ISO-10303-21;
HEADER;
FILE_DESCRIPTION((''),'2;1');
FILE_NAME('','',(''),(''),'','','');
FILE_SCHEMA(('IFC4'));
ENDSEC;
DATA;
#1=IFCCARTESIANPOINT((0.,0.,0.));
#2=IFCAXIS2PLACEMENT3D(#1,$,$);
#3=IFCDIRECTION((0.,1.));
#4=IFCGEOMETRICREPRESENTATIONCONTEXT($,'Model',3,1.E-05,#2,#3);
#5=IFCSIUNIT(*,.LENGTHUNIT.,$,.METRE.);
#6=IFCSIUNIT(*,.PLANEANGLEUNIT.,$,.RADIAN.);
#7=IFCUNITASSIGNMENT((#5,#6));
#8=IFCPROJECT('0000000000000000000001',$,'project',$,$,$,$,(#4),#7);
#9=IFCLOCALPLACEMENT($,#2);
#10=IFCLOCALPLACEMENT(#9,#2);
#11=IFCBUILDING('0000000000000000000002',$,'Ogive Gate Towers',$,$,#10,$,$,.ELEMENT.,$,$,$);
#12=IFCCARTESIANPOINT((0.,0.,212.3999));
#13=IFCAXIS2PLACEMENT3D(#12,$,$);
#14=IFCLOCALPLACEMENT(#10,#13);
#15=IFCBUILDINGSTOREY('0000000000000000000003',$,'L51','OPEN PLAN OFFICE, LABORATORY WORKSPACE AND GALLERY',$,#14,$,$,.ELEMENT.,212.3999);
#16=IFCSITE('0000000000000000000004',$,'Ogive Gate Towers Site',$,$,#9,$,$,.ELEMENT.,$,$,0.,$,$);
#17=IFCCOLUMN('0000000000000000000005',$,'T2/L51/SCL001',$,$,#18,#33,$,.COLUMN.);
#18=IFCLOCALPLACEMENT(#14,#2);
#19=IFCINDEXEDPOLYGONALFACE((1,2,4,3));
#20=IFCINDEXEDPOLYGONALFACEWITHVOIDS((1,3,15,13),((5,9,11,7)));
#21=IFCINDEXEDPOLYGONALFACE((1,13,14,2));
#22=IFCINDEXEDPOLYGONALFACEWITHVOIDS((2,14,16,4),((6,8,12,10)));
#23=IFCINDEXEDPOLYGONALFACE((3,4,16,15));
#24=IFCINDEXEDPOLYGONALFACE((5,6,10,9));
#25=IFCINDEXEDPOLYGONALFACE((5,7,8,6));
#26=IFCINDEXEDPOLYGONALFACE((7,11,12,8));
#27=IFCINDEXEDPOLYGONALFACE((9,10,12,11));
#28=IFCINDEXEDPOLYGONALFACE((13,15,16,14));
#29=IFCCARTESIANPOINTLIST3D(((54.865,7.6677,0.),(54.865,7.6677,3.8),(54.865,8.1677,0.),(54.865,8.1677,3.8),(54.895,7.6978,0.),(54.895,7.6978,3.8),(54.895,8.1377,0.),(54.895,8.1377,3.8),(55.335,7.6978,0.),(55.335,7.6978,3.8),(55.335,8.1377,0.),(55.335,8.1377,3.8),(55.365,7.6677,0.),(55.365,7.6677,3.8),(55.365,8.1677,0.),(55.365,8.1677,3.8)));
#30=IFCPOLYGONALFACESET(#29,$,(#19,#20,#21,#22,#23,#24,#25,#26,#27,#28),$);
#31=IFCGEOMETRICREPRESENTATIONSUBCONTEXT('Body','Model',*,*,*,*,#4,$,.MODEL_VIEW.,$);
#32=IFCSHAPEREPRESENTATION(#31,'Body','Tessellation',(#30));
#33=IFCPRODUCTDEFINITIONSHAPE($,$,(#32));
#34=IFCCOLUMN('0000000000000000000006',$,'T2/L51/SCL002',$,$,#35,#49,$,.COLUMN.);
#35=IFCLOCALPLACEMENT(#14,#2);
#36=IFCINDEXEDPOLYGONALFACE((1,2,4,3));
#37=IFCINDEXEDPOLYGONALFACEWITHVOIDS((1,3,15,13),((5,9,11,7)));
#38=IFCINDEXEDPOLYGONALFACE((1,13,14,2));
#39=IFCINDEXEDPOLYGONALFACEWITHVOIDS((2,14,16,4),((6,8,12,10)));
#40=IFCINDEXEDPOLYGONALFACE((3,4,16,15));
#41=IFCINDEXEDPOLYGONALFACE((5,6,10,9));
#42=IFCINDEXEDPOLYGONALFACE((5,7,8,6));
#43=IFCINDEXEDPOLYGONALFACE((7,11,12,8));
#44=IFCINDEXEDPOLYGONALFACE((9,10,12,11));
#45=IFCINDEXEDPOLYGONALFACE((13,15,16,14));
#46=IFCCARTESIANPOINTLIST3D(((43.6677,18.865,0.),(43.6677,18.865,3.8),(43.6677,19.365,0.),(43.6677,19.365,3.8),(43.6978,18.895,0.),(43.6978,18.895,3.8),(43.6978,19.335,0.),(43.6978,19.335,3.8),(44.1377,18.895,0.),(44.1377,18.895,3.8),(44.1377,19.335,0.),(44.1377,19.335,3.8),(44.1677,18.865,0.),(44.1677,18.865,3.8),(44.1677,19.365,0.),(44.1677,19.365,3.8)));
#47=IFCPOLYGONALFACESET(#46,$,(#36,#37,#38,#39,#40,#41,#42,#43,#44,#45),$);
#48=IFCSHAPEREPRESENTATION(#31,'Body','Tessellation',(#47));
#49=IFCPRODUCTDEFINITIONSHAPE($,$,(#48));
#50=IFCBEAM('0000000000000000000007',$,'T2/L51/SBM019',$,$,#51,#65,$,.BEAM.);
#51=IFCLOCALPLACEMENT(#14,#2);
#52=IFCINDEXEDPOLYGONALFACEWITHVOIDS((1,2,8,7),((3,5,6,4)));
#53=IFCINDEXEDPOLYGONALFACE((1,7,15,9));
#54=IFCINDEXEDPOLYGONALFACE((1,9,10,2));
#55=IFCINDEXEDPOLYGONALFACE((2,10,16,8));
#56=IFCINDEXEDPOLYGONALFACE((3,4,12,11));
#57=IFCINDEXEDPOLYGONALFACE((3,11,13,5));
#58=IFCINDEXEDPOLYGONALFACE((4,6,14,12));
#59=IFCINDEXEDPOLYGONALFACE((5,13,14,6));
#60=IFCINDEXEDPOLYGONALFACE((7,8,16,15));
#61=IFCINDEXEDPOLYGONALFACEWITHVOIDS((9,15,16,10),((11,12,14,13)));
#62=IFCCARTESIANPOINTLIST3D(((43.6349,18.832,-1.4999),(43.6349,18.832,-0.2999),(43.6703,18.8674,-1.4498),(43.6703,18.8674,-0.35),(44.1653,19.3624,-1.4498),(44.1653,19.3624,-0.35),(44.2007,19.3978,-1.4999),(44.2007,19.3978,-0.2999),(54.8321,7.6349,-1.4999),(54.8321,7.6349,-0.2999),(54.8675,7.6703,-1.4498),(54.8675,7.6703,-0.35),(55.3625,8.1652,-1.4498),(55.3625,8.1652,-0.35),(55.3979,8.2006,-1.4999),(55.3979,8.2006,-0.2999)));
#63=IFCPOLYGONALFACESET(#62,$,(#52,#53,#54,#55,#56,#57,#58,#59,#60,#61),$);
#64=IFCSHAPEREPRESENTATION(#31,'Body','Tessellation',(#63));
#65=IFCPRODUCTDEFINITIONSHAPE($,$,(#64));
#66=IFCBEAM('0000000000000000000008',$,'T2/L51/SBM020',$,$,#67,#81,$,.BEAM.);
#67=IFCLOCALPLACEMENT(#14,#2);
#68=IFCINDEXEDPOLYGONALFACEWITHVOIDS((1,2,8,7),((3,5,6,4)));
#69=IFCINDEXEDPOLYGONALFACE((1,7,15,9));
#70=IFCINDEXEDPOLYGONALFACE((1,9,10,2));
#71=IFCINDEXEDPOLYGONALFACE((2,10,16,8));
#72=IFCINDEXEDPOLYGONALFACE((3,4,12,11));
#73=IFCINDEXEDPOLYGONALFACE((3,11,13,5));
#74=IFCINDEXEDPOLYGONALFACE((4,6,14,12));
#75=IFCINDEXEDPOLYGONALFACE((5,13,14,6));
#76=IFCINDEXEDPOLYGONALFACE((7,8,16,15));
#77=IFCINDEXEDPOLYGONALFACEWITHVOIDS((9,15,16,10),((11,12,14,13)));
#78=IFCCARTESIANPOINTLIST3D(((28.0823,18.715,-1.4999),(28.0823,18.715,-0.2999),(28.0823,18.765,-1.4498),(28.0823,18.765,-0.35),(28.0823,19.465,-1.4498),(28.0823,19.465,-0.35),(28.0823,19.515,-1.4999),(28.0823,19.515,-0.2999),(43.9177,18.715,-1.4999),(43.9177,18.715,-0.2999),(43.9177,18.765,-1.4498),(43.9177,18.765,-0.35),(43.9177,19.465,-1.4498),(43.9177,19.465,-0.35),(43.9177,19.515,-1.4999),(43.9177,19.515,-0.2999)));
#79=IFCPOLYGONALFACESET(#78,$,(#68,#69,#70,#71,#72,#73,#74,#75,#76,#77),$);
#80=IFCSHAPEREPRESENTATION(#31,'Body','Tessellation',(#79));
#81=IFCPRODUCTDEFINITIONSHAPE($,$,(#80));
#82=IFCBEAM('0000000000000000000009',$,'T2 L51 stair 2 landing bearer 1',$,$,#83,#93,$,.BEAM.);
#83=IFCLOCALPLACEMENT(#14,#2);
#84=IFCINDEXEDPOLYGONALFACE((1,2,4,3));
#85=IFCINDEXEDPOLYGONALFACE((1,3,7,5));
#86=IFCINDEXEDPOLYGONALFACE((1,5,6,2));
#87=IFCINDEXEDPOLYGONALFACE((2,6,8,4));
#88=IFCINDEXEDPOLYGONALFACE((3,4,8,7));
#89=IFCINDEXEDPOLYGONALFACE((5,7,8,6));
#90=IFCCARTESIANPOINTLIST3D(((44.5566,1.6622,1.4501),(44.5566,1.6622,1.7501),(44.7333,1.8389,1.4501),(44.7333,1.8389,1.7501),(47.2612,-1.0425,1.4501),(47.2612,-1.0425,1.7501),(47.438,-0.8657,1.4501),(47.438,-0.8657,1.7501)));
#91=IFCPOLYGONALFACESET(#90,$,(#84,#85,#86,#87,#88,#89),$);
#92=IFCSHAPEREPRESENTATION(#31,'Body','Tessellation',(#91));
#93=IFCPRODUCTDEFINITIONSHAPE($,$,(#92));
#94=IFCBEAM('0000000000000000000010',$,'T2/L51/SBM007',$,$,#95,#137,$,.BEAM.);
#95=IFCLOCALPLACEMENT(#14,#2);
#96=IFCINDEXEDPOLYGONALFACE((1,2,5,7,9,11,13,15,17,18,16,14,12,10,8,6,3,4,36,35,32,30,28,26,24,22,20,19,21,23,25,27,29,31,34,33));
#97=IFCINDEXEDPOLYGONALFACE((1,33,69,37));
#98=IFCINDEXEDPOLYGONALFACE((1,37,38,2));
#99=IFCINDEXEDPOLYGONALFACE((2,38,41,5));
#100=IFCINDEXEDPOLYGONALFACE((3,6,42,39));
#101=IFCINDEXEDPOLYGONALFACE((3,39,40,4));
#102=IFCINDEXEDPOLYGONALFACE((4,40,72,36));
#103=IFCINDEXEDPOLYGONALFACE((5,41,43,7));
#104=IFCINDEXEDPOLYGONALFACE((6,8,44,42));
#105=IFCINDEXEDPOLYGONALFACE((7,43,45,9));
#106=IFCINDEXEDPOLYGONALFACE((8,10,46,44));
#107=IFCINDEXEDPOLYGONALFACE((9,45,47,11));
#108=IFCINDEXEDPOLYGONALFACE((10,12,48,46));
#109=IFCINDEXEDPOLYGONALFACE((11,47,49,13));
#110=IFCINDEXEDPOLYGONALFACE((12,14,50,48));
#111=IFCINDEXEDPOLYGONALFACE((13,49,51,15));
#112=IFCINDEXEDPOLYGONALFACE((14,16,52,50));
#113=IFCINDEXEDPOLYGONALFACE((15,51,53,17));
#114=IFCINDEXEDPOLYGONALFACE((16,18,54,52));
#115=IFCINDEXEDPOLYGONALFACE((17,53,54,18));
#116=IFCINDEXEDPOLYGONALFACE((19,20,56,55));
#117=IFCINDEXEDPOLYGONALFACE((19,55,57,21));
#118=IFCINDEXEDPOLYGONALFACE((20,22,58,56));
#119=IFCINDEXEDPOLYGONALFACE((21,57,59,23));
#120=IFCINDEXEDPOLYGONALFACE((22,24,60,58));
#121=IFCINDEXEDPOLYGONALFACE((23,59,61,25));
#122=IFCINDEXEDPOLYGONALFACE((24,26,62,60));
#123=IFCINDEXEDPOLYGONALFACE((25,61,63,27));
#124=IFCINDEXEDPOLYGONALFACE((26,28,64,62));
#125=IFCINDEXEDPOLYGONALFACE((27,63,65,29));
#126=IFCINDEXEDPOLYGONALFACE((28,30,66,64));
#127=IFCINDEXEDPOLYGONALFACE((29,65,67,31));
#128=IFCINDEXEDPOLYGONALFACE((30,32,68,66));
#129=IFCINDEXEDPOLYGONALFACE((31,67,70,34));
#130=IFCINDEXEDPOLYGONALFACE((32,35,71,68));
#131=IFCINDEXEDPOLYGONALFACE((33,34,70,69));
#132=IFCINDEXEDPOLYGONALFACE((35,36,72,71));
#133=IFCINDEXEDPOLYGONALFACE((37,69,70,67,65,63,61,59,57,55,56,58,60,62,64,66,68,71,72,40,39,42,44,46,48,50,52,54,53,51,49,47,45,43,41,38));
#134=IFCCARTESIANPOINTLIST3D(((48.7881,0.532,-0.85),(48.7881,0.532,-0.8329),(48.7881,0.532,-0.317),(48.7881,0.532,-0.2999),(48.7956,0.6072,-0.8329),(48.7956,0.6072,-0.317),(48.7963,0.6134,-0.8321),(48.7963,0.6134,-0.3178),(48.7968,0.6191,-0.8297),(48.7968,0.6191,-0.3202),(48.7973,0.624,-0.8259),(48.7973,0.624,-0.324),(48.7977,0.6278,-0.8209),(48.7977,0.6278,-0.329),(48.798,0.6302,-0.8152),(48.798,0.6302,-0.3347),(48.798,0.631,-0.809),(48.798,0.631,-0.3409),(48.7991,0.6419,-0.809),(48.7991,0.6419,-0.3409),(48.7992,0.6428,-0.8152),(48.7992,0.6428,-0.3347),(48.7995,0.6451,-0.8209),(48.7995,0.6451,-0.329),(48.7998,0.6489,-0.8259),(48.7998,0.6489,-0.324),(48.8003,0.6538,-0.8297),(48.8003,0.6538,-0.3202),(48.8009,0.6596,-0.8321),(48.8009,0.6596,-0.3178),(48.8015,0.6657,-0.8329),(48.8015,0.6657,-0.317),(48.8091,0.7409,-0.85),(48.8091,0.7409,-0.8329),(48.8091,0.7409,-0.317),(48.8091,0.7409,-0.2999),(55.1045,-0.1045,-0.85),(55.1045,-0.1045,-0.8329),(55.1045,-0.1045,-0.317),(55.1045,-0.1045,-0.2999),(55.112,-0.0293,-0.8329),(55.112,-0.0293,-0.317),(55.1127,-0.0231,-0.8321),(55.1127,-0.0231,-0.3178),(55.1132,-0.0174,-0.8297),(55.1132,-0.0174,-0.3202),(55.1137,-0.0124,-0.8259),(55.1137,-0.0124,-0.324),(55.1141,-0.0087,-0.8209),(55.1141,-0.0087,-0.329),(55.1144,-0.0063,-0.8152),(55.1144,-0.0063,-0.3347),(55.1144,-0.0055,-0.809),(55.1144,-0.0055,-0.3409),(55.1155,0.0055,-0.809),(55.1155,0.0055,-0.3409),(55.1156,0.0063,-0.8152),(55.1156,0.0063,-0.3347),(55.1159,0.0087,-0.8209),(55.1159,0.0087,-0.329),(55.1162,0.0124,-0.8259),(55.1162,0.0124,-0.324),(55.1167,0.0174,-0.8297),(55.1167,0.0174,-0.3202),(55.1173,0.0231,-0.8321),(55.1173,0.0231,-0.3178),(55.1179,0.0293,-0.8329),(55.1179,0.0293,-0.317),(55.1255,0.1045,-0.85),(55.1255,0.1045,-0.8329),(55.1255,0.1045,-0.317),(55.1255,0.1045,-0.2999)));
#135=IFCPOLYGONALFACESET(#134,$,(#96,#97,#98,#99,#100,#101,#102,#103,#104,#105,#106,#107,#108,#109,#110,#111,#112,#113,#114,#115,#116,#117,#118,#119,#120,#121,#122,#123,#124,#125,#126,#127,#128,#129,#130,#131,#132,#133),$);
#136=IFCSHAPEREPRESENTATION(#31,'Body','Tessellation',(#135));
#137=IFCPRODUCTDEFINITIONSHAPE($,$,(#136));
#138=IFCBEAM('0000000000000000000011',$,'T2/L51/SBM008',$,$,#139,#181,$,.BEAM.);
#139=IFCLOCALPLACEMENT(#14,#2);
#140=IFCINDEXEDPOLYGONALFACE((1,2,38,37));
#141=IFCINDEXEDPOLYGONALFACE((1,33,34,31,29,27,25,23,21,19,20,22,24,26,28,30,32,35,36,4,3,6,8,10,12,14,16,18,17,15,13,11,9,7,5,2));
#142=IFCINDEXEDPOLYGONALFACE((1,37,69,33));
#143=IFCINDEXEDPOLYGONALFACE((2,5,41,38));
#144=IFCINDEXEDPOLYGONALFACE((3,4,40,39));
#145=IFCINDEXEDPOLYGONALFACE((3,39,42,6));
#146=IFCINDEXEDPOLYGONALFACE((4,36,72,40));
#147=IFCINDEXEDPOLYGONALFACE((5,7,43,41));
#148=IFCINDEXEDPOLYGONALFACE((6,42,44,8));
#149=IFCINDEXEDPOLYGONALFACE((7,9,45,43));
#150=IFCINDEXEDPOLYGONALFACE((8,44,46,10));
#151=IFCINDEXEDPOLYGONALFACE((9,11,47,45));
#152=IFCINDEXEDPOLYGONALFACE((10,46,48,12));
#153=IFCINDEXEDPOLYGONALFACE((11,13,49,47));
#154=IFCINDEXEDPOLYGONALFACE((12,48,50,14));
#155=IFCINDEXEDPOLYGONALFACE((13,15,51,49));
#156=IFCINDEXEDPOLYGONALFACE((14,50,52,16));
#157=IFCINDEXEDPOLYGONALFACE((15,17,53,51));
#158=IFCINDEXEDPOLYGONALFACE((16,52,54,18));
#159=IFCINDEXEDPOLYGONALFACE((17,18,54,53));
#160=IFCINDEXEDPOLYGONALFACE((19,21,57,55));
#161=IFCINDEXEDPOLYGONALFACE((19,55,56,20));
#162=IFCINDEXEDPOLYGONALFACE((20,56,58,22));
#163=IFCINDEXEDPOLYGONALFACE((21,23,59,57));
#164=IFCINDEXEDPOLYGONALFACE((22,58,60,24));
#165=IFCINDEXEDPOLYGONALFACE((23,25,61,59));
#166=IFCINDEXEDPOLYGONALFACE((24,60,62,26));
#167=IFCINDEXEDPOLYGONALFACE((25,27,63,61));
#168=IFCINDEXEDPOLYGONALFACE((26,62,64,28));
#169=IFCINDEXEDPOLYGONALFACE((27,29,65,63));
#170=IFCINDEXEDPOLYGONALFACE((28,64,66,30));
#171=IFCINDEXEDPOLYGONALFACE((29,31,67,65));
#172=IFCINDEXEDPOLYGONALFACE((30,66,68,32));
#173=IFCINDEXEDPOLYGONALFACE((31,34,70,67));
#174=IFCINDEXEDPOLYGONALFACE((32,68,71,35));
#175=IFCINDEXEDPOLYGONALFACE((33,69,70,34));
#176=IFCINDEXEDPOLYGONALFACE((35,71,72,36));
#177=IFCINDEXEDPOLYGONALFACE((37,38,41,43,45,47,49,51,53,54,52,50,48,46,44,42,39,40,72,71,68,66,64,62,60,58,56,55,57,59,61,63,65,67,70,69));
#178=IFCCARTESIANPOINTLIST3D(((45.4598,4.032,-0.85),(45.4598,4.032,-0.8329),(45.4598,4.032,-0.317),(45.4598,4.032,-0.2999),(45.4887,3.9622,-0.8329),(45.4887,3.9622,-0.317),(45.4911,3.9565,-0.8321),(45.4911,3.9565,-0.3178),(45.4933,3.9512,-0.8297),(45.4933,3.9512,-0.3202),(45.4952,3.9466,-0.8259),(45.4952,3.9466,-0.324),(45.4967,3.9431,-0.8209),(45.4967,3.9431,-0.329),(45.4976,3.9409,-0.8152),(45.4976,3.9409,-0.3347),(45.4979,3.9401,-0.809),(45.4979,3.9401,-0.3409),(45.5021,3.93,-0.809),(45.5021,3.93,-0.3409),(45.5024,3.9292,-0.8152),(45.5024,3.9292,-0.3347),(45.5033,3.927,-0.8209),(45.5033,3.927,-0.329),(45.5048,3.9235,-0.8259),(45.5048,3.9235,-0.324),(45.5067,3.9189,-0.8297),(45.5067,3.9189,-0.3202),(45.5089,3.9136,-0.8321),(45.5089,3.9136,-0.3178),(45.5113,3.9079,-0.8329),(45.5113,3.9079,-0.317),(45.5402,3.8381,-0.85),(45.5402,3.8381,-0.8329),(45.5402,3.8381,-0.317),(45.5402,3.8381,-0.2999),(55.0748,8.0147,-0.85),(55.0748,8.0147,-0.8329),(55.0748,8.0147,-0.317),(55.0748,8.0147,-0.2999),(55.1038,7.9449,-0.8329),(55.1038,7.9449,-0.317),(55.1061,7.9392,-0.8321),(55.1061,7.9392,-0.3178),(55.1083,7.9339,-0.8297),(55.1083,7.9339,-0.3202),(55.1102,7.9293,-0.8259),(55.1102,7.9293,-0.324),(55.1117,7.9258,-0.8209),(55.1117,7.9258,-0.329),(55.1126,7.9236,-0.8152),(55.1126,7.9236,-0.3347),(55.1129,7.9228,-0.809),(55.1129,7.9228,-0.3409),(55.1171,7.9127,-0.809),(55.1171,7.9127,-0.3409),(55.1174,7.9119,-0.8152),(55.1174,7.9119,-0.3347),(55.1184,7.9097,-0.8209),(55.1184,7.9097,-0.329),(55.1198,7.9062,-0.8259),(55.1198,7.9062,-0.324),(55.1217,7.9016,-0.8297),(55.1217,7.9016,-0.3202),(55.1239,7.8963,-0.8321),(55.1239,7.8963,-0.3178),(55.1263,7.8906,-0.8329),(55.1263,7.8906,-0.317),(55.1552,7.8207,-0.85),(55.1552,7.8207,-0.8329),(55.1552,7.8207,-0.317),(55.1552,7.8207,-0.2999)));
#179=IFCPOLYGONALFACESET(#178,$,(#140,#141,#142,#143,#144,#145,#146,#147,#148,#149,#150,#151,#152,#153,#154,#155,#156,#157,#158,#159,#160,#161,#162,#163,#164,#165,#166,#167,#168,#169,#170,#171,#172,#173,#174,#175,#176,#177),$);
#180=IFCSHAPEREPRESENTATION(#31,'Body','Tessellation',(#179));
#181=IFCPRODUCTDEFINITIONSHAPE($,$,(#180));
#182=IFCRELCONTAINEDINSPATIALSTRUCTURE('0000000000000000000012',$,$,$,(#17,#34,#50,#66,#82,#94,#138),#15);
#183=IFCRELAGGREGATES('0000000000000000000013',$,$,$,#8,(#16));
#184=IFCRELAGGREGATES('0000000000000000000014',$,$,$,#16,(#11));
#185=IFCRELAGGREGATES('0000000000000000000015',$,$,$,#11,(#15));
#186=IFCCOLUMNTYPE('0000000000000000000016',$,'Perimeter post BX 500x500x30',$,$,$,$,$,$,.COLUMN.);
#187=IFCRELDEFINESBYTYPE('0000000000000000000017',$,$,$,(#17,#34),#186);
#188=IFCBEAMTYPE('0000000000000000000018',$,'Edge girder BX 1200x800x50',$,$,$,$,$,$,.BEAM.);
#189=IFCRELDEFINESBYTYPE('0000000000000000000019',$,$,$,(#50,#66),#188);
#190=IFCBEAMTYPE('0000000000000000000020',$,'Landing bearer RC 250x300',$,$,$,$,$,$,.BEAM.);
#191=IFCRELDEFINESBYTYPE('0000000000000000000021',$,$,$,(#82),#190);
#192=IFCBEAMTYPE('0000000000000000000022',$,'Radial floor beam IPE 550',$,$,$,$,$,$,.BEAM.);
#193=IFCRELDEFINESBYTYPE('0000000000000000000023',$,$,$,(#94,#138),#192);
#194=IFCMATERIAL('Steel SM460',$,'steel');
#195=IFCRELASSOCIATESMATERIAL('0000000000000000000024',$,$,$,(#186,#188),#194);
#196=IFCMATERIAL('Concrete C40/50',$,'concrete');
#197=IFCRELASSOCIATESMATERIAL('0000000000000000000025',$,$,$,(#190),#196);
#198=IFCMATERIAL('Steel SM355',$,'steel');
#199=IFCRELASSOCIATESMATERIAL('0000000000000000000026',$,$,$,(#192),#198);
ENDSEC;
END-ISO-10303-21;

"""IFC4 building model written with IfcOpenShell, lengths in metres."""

from ifc_helpers import new_model, si_unit, direction, frame, origin, origin_2d, place, context, subcontext, project, spatial, rectangle, hollow_rectangle, i_section, extrude, material, material_profile, profile_set, type_object, element, save


model = new_model("IFC4")

# Units and contexts
model_context = context("Model", 3, precision=1e-05, world=origin(), true_north=direction((0.0, 1.0)))
body_context = subcontext(model_context, "Body", "Model", "MODEL_VIEW")
ifc_project = project(units=[si_unit("LENGTHUNIT", "METRE"), si_unit("PLANEANGLEUNIT", "RADIAN")], contexts=[model_context])

# Site, building, storey
site_placement = place(None, origin())
site = spatial("IfcSite", under=ifc_project, at=site_placement, Name="Ogive Gate Towers Site", CompositionType="ELEMENT", RefElevation=0.0)
building_placement = place(site_placement, origin())
building = spatial("IfcBuilding", under=site, at=building_placement, Name="Ogive Gate Towers", CompositionType="ELEMENT")
storey_placement = place(building_placement, frame((0.0, 0.0, 212.3999)))
storey = spatial("IfcBuildingStorey", under=building, at=storey_placement, Name="L51", Description="OPEN PLAN OFFICE, LABORATORY WORKSPACE AND GALLERY", CompositionType="ELEMENT", Elevation=212.3999)

# Columns
ifc_material_1 = material(Name="Steel SM460", Category="steel")
ifc_material_profile_1 = material_profile(ifc_material_1, hollow_rectangle(XDim=0.5, YDim=0.5, WallThickness=0.03, at=origin_2d()), Name="BX 500x500x30")
ifc_profile_set_1 = profile_set([ifc_material_profile_1], Name="Steel SM460")
column_type = type_object("IfcColumnType", Name="Perimeter post BX 500x500x30", PredefinedType="COLUMN", material=ifc_profile_set_1)
for number, where, z_axis, x_axis, name in (
    (1, (55.115, 7.9177, 0.0), (0.0, 0.0, 1.0), (1.0, 0.0, 0.0), "T2/L51/SCL001"),
    (2, (43.9177, 19.115, 0.0), (0.0, 0.0, 1.0), (1.0, 0.0, 0.0), "T2/L51/SCL002"),
):
    element("IfcColumn", number, at=place(storey_placement, frame(where, z_axis=z_axis, x_axis=x_axis)), inside=storey, type_object=column_type, Name=name, PredefinedType="COLUMN", context=body_context, shape_type="SweptSolid", body=[
        extrude(hollow_rectangle(XDim=0.5, YDim=0.5, WallThickness=0.03, at=origin_2d()), origin(), (0.0, 0.0, 1.0), 3.8),
    ])

# Beams
ifc_material_profile_2 = material_profile(ifc_material_1, hollow_rectangle(XDim=0.8, YDim=1.2, WallThickness=0.05, at=origin_2d()), Name="BX 1200x800x50")
ifc_profile_set_2 = profile_set([ifc_material_profile_2], Name="Steel SM460")
beam_type_1 = type_object("IfcBeamType", Name="Edge girder BX 1200x800x50", PredefinedType="BEAM", material=ifc_profile_set_2)
beam_1_placement = place(storey_placement, frame((55.115, 7.9177, -0.8999), z_axis=(-0.707107, 0.707107, 0.0), x_axis=(-0.707107, -0.707107, 0.0)))
element("IfcBeam", 3, at=beam_1_placement, inside=storey, type_object=beam_type_1, Name="T2/L51/SBM019", PredefinedType="BEAM", context=body_context, shape_type="SweptSolid", body=[
    extrude(hollow_rectangle(XDim=0.8, YDim=1.2, WallThickness=0.05, at=origin_2d()), origin(), (0.0, 0.0, 1.0), 15.8352),
])
beam_2_placement = place(storey_placement, frame((43.9177, 19.115, -0.8999), z_axis=(-1.0, 0.0, 0.0), x_axis=(0.0, -1.0, 0.0)))
element("IfcBeam", 4, at=beam_2_placement, inside=storey, type_object=beam_type_1, Name="T2/L51/SBM020", PredefinedType="BEAM", context=body_context, shape_type="SweptSolid", body=[
    extrude(hollow_rectangle(XDim=0.8, YDim=1.2, WallThickness=0.05, at=origin_2d()), origin(), (0.0, 0.0, 1.0), 15.8354),
])
ifc_material_2 = material(Name="Concrete C40/50", Category="concrete")
ifc_material_profile_3 = material_profile(ifc_material_2, rectangle(XDim=0.25, YDim=0.3, at=origin_2d()), Name="RC 250x300")
ifc_profile_set_3 = profile_set([ifc_material_profile_3], Name="Concrete C40/50")
beam_type_2 = type_object("IfcBeamType", Name="Landing bearer RC 250x300", PredefinedType="BEAM", material=ifc_profile_set_3)
beam_3_placement = place(storey_placement, frame((47.3496, -0.9541, 1.6001), z_axis=(-0.707107, 0.707107, 0.0), x_axis=(-0.707107, -0.707107, 0.0)))
element("IfcBeam", 5, at=beam_3_placement, inside=storey, type_object=beam_type_2, Name="T2 L51 stair 2 landing bearer 1", PredefinedType="BEAM", context=body_context, shape_type="SweptSolid", body=[
    extrude(rectangle(XDim=0.25, YDim=0.3, at=origin_2d()), origin(), (0.0, 0.0, 1.0), 3.825),
])
ifc_material_3 = material(Name="Steel SM355", Category="steel")
ifc_material_profile_4 = material_profile(ifc_material_3, i_section(OverallWidth=0.21, OverallDepth=0.55, WebThickness=0.011, FlangeThickness=0.0171, FilletRadius=0.0239, at=origin_2d()), Name="IPE 550")
ifc_profile_set_4 = profile_set([ifc_material_profile_4], Name="Steel SM355")
beam_type_3 = type_object("IfcBeamType", Name="Radial floor beam IPE 550", PredefinedType="BEAM", material=ifc_profile_set_4)
beam_4_placement = place(storey_placement, frame((48.7986, 0.6365, -0.575), z_axis=(0.994962, -0.100258, 0.0), x_axis=(0.100258, 0.994962, 0.0)))
element("IfcBeam", 6, at=beam_4_placement, inside=storey, type_object=beam_type_3, Name="T2/L51/SBM007", PredefinedType="BEAM", context=body_context, shape_type="SweptSolid", body=[
    extrude(i_section(OverallWidth=0.21, OverallDepth=0.55, WebThickness=0.011, FlangeThickness=0.0171, FilletRadius=0.0239, at=origin_2d()), origin(), (0.0, 0.0, 1.0), 6.3484),
])
beam_5_placement = place(storey_placement, frame((45.5, 3.9351, -0.575), z_axis=(0.923879, 0.382684, 0.0), x_axis=(-0.382684, 0.923879, 0.0)))
element("IfcBeam", 7, at=beam_5_placement, inside=storey, type_object=beam_type_3, Name="T2/L51/SBM008", PredefinedType="BEAM", context=body_context, shape_type="SweptSolid", body=[
    extrude(i_section(OverallWidth=0.21, OverallDepth=0.55, WebThickness=0.011, FlangeThickness=0.0171, FilletRadius=0.0239, at=origin_2d()), origin(), (0.0, 0.0, 1.0), 10.4072),
])

save(model, "model.ifc")
